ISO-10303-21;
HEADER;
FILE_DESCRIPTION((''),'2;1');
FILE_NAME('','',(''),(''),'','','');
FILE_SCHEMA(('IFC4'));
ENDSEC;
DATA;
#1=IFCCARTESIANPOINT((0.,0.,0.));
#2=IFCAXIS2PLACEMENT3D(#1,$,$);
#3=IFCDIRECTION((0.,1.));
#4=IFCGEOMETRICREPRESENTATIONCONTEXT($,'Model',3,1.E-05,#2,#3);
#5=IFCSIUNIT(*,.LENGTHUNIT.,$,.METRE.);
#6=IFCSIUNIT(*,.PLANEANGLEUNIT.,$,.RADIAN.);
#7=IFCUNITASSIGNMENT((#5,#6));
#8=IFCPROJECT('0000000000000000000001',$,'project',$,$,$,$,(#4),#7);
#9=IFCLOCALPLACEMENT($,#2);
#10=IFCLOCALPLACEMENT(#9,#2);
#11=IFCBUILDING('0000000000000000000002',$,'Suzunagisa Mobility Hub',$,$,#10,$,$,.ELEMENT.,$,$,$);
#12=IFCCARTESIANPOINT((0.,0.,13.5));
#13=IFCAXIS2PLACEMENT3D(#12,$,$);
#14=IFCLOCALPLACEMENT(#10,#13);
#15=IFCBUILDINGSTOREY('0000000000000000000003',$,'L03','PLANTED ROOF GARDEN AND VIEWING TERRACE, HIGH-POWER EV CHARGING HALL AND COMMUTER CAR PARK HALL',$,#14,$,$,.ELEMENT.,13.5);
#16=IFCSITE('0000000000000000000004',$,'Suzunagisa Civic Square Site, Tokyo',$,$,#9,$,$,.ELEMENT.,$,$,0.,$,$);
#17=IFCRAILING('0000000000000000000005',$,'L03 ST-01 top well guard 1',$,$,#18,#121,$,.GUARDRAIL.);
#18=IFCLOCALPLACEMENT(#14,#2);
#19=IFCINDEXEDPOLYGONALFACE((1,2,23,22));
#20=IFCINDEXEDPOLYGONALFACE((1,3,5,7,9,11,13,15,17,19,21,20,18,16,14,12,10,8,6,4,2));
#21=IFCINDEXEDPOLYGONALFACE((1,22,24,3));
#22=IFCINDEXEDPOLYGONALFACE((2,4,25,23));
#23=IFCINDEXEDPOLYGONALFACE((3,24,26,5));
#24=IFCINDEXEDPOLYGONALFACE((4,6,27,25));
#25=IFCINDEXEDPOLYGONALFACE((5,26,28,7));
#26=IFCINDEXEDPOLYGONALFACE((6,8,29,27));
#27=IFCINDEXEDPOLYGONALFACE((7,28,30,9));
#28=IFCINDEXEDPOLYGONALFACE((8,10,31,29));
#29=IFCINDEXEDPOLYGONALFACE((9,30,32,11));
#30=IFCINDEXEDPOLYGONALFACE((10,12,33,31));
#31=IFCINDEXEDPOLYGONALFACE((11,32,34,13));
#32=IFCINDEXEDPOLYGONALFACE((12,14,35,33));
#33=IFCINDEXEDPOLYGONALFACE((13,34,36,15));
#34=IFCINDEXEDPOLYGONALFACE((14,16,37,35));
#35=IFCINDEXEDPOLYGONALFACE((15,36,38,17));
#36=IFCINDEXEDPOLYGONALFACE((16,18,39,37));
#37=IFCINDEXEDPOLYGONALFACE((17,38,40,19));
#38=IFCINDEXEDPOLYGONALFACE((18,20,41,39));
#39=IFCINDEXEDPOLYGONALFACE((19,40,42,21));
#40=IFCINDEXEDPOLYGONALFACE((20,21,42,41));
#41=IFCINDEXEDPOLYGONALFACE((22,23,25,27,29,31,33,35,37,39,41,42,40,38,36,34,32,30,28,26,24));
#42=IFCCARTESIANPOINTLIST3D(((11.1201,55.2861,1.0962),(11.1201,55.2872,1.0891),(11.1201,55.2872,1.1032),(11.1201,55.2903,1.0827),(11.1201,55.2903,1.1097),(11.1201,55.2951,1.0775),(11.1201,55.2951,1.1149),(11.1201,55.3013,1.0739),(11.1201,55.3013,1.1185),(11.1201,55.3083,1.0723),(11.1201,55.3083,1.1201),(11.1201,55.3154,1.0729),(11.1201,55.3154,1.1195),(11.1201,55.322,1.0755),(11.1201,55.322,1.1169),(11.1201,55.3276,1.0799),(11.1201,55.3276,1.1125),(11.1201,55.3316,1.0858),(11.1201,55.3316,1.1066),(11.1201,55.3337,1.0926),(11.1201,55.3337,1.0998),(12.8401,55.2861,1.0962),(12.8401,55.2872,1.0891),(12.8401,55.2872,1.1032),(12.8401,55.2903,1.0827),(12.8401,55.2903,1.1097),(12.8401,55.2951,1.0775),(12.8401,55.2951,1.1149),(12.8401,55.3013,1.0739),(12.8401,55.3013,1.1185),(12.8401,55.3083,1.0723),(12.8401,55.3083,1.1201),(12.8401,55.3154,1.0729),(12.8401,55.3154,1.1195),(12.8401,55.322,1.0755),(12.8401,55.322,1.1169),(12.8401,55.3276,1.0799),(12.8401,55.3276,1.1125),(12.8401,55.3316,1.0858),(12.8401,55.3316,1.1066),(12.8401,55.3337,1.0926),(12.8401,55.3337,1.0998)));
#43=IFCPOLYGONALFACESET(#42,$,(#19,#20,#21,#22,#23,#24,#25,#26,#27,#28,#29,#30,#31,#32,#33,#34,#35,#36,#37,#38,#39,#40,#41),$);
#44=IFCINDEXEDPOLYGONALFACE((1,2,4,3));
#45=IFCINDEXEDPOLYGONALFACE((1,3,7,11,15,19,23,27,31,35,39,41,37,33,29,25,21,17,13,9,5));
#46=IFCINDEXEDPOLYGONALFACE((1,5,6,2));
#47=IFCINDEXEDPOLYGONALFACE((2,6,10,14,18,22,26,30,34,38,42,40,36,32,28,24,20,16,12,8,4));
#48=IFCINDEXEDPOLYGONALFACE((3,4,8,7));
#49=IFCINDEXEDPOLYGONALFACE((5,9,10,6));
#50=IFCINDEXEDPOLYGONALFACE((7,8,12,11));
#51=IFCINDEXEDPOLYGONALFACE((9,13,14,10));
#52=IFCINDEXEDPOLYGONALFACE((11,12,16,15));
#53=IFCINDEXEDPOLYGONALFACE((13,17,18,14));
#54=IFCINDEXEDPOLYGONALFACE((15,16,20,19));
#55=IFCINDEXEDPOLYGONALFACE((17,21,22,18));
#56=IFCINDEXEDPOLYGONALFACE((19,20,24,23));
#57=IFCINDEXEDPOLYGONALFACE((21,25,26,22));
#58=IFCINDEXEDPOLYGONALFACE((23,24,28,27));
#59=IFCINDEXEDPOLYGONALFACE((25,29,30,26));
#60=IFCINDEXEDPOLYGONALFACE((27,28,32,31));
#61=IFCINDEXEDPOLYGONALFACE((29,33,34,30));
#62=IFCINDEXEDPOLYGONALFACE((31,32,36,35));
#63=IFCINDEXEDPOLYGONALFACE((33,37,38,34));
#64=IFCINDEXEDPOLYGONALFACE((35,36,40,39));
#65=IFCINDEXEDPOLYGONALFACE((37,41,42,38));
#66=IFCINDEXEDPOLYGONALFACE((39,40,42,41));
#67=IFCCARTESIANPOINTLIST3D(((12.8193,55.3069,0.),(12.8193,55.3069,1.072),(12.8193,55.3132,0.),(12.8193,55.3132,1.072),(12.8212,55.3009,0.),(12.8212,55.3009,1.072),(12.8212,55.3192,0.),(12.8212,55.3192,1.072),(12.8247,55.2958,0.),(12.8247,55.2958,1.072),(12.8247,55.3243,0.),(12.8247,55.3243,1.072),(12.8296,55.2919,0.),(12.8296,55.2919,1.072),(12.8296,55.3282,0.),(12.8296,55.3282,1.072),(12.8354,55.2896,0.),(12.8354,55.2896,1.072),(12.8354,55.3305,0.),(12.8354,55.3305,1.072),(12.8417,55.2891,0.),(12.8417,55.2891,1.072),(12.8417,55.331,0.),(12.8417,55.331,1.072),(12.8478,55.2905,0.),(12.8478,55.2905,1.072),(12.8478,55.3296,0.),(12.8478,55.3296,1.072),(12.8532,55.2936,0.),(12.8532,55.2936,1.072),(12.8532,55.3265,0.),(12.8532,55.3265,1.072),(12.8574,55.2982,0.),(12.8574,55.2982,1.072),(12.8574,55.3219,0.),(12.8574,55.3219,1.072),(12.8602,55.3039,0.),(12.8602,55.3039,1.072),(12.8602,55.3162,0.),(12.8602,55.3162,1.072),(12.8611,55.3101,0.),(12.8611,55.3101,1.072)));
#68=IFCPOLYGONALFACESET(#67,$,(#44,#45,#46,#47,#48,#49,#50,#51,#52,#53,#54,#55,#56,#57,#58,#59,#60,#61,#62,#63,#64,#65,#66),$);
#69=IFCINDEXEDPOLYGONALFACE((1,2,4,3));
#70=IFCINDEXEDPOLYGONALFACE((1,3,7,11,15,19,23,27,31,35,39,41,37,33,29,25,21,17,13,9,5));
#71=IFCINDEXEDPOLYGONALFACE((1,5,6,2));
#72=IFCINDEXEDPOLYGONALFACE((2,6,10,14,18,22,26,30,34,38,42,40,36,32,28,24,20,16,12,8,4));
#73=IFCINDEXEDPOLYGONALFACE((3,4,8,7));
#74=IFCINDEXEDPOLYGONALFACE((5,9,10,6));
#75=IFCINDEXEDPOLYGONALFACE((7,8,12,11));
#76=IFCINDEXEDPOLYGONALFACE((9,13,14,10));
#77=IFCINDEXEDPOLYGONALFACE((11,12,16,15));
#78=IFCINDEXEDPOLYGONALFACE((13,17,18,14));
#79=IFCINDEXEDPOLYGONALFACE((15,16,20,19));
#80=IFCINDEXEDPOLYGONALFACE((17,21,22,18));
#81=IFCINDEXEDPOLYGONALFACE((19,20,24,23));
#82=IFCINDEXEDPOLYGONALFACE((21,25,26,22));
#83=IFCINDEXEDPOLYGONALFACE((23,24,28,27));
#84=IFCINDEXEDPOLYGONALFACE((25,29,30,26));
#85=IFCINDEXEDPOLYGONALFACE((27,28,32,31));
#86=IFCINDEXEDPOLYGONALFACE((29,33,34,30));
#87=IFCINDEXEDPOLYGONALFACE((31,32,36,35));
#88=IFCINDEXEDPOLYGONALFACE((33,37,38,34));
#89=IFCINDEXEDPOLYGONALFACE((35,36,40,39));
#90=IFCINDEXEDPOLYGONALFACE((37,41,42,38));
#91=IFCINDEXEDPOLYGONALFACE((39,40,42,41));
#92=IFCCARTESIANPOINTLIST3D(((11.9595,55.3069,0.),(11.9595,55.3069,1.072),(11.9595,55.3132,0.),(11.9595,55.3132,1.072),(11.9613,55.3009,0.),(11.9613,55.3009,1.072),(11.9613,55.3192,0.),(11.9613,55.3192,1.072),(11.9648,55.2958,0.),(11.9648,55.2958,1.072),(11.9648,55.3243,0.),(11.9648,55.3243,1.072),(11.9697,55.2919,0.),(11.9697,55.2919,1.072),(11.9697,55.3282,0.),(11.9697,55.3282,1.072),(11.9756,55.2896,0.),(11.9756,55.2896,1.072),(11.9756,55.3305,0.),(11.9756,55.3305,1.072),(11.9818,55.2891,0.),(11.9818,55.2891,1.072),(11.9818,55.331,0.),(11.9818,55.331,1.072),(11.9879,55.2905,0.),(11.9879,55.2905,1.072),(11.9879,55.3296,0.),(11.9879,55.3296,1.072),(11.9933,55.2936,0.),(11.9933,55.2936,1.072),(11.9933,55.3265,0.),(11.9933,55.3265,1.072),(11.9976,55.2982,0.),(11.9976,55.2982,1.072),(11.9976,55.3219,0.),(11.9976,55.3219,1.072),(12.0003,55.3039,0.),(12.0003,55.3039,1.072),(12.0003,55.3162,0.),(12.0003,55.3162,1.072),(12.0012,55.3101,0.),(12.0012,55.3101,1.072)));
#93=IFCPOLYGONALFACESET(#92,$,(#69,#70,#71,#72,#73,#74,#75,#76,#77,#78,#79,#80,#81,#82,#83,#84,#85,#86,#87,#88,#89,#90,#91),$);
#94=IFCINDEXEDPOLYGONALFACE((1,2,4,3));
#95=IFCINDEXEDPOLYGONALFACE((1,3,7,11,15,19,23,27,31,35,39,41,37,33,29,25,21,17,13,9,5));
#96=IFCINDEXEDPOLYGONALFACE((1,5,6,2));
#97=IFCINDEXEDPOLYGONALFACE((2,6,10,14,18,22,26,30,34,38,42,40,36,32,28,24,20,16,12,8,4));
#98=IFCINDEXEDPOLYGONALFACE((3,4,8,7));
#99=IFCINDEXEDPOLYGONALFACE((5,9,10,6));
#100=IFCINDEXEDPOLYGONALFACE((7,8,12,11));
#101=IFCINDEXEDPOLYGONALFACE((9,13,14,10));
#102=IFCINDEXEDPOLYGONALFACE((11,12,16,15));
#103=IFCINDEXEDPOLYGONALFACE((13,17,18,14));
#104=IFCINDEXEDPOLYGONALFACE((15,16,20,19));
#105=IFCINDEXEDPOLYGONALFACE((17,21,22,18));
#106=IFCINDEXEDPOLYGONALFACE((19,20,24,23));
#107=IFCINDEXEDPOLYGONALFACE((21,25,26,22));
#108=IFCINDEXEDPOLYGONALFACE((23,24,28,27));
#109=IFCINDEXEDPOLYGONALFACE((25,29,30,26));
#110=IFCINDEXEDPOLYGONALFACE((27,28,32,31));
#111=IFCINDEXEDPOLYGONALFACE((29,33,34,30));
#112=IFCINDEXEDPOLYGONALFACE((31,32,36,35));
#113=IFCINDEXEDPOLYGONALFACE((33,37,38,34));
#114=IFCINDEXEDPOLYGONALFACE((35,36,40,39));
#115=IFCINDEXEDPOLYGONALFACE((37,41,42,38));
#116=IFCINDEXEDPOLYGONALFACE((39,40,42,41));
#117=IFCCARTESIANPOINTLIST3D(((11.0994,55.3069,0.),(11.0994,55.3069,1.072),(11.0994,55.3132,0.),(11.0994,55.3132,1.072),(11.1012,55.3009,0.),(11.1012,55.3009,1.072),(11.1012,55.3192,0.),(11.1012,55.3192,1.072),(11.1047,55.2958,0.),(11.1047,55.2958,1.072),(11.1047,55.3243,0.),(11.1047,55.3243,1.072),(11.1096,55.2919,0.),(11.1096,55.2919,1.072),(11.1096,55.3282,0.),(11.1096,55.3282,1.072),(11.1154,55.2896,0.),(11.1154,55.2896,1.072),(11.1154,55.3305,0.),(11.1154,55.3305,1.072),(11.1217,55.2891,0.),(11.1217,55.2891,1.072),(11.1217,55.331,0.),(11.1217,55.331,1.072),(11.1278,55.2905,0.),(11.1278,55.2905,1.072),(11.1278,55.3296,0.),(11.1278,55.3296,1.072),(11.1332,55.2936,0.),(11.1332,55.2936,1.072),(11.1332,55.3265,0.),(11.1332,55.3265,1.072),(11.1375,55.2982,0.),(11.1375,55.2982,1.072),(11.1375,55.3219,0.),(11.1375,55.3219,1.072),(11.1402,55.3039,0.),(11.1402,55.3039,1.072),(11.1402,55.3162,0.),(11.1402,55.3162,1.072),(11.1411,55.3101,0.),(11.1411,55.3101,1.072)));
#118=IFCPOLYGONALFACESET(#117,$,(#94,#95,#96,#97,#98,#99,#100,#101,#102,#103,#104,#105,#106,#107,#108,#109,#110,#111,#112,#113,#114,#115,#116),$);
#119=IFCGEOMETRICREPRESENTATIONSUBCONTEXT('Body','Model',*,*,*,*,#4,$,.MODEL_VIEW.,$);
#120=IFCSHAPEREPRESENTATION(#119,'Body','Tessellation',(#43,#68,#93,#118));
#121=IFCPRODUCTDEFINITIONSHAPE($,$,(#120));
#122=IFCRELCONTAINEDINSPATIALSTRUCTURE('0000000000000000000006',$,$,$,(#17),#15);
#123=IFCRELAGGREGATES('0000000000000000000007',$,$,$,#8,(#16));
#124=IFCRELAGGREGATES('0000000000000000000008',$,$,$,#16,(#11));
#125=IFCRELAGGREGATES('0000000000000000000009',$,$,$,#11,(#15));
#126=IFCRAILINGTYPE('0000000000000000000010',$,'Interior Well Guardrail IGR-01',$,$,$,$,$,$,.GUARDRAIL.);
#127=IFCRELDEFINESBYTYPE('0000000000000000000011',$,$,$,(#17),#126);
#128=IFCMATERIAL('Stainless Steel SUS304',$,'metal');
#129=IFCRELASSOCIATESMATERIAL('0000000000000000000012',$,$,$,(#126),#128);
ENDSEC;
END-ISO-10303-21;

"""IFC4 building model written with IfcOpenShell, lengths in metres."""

from ifc_helpers import new_model, si_unit, direction, frame, origin, origin_2d, place, context, subcontext, project, spatial, circle, extrude, material, type_object, element, save


model = new_model("IFC4")

# Units and contexts
model_context = context("Model", 3, precision=1e-05, world=origin(), true_north=direction((0.0, 1.0)))
body_context = subcontext(model_context, "Body", "Model", "MODEL_VIEW")
ifc_project = project(units=[si_unit("LENGTHUNIT", "METRE"), si_unit("PLANEANGLEUNIT", "RADIAN")], contexts=[model_context])

# Site, building, storey
site_placement = place(None, origin())
site = spatial("IfcSite", under=ifc_project, at=site_placement, Name="Suzunagisa Civic Square Site, Tokyo", CompositionType="ELEMENT", RefElevation=0.0)
building_placement = place(site_placement, origin())
building = spatial("IfcBuilding", under=site, at=building_placement, Name="Suzunagisa Mobility Hub", CompositionType="ELEMENT")
storey_placement = place(building_placement, frame((0.0, 0.0, 13.5)))
storey = spatial("IfcBuildingStorey", under=building, at=storey_placement, Name="L03", Description="PLANTED ROOF GARDEN AND VIEWING TERRACE, HIGH-POWER EV CHARGING HALL AND COMMUTER CAR PARK HALL", CompositionType="ELEMENT", Elevation=13.5)

# Railing
ifc_material_1 = material(Name="Stainless Steel SUS304", Category="metal")
railing_type_1 = type_object("IfcRailingType", Name="Interior Well Guardrail IGR-01", PredefinedType="GUARDRAIL", material=ifc_material_1)
railing_1_placement = place(storey_placement, frame((12.8401, 55.3101, 0.0)))
element("IfcRailing", 1, at=railing_1_placement, inside=storey, type_object=railing_type_1, Name="L03 ST-01 top well guard 1", PredefinedType="GUARDRAIL", context=body_context, shape_type="SweptSolid", body=[
    extrude(circle(Radius=0.0239, at=origin_2d()), frame((0.0, 0.0, 1.0962), z_axis=(-1.0, 0.0, 0.0), x_axis=(0.0, -1.0, 0.0)), (0.0, 0.0, 1.0), 1.72),
    extrude(circle(Radius=0.021, at=origin_2d()), origin(), (0.0, 0.0, 1.0), 1.072),
    extrude(circle(Radius=0.021, at=origin_2d()), frame((-0.8599, 0.0, 0.0)), (0.0, 0.0, 1.0), 1.072),
    extrude(circle(Radius=0.021, at=origin_2d()), frame((-1.72, 0.0, 0.0)), (0.0, 0.0, 1.0), 1.072),
])

save(model, "model.ifc")
